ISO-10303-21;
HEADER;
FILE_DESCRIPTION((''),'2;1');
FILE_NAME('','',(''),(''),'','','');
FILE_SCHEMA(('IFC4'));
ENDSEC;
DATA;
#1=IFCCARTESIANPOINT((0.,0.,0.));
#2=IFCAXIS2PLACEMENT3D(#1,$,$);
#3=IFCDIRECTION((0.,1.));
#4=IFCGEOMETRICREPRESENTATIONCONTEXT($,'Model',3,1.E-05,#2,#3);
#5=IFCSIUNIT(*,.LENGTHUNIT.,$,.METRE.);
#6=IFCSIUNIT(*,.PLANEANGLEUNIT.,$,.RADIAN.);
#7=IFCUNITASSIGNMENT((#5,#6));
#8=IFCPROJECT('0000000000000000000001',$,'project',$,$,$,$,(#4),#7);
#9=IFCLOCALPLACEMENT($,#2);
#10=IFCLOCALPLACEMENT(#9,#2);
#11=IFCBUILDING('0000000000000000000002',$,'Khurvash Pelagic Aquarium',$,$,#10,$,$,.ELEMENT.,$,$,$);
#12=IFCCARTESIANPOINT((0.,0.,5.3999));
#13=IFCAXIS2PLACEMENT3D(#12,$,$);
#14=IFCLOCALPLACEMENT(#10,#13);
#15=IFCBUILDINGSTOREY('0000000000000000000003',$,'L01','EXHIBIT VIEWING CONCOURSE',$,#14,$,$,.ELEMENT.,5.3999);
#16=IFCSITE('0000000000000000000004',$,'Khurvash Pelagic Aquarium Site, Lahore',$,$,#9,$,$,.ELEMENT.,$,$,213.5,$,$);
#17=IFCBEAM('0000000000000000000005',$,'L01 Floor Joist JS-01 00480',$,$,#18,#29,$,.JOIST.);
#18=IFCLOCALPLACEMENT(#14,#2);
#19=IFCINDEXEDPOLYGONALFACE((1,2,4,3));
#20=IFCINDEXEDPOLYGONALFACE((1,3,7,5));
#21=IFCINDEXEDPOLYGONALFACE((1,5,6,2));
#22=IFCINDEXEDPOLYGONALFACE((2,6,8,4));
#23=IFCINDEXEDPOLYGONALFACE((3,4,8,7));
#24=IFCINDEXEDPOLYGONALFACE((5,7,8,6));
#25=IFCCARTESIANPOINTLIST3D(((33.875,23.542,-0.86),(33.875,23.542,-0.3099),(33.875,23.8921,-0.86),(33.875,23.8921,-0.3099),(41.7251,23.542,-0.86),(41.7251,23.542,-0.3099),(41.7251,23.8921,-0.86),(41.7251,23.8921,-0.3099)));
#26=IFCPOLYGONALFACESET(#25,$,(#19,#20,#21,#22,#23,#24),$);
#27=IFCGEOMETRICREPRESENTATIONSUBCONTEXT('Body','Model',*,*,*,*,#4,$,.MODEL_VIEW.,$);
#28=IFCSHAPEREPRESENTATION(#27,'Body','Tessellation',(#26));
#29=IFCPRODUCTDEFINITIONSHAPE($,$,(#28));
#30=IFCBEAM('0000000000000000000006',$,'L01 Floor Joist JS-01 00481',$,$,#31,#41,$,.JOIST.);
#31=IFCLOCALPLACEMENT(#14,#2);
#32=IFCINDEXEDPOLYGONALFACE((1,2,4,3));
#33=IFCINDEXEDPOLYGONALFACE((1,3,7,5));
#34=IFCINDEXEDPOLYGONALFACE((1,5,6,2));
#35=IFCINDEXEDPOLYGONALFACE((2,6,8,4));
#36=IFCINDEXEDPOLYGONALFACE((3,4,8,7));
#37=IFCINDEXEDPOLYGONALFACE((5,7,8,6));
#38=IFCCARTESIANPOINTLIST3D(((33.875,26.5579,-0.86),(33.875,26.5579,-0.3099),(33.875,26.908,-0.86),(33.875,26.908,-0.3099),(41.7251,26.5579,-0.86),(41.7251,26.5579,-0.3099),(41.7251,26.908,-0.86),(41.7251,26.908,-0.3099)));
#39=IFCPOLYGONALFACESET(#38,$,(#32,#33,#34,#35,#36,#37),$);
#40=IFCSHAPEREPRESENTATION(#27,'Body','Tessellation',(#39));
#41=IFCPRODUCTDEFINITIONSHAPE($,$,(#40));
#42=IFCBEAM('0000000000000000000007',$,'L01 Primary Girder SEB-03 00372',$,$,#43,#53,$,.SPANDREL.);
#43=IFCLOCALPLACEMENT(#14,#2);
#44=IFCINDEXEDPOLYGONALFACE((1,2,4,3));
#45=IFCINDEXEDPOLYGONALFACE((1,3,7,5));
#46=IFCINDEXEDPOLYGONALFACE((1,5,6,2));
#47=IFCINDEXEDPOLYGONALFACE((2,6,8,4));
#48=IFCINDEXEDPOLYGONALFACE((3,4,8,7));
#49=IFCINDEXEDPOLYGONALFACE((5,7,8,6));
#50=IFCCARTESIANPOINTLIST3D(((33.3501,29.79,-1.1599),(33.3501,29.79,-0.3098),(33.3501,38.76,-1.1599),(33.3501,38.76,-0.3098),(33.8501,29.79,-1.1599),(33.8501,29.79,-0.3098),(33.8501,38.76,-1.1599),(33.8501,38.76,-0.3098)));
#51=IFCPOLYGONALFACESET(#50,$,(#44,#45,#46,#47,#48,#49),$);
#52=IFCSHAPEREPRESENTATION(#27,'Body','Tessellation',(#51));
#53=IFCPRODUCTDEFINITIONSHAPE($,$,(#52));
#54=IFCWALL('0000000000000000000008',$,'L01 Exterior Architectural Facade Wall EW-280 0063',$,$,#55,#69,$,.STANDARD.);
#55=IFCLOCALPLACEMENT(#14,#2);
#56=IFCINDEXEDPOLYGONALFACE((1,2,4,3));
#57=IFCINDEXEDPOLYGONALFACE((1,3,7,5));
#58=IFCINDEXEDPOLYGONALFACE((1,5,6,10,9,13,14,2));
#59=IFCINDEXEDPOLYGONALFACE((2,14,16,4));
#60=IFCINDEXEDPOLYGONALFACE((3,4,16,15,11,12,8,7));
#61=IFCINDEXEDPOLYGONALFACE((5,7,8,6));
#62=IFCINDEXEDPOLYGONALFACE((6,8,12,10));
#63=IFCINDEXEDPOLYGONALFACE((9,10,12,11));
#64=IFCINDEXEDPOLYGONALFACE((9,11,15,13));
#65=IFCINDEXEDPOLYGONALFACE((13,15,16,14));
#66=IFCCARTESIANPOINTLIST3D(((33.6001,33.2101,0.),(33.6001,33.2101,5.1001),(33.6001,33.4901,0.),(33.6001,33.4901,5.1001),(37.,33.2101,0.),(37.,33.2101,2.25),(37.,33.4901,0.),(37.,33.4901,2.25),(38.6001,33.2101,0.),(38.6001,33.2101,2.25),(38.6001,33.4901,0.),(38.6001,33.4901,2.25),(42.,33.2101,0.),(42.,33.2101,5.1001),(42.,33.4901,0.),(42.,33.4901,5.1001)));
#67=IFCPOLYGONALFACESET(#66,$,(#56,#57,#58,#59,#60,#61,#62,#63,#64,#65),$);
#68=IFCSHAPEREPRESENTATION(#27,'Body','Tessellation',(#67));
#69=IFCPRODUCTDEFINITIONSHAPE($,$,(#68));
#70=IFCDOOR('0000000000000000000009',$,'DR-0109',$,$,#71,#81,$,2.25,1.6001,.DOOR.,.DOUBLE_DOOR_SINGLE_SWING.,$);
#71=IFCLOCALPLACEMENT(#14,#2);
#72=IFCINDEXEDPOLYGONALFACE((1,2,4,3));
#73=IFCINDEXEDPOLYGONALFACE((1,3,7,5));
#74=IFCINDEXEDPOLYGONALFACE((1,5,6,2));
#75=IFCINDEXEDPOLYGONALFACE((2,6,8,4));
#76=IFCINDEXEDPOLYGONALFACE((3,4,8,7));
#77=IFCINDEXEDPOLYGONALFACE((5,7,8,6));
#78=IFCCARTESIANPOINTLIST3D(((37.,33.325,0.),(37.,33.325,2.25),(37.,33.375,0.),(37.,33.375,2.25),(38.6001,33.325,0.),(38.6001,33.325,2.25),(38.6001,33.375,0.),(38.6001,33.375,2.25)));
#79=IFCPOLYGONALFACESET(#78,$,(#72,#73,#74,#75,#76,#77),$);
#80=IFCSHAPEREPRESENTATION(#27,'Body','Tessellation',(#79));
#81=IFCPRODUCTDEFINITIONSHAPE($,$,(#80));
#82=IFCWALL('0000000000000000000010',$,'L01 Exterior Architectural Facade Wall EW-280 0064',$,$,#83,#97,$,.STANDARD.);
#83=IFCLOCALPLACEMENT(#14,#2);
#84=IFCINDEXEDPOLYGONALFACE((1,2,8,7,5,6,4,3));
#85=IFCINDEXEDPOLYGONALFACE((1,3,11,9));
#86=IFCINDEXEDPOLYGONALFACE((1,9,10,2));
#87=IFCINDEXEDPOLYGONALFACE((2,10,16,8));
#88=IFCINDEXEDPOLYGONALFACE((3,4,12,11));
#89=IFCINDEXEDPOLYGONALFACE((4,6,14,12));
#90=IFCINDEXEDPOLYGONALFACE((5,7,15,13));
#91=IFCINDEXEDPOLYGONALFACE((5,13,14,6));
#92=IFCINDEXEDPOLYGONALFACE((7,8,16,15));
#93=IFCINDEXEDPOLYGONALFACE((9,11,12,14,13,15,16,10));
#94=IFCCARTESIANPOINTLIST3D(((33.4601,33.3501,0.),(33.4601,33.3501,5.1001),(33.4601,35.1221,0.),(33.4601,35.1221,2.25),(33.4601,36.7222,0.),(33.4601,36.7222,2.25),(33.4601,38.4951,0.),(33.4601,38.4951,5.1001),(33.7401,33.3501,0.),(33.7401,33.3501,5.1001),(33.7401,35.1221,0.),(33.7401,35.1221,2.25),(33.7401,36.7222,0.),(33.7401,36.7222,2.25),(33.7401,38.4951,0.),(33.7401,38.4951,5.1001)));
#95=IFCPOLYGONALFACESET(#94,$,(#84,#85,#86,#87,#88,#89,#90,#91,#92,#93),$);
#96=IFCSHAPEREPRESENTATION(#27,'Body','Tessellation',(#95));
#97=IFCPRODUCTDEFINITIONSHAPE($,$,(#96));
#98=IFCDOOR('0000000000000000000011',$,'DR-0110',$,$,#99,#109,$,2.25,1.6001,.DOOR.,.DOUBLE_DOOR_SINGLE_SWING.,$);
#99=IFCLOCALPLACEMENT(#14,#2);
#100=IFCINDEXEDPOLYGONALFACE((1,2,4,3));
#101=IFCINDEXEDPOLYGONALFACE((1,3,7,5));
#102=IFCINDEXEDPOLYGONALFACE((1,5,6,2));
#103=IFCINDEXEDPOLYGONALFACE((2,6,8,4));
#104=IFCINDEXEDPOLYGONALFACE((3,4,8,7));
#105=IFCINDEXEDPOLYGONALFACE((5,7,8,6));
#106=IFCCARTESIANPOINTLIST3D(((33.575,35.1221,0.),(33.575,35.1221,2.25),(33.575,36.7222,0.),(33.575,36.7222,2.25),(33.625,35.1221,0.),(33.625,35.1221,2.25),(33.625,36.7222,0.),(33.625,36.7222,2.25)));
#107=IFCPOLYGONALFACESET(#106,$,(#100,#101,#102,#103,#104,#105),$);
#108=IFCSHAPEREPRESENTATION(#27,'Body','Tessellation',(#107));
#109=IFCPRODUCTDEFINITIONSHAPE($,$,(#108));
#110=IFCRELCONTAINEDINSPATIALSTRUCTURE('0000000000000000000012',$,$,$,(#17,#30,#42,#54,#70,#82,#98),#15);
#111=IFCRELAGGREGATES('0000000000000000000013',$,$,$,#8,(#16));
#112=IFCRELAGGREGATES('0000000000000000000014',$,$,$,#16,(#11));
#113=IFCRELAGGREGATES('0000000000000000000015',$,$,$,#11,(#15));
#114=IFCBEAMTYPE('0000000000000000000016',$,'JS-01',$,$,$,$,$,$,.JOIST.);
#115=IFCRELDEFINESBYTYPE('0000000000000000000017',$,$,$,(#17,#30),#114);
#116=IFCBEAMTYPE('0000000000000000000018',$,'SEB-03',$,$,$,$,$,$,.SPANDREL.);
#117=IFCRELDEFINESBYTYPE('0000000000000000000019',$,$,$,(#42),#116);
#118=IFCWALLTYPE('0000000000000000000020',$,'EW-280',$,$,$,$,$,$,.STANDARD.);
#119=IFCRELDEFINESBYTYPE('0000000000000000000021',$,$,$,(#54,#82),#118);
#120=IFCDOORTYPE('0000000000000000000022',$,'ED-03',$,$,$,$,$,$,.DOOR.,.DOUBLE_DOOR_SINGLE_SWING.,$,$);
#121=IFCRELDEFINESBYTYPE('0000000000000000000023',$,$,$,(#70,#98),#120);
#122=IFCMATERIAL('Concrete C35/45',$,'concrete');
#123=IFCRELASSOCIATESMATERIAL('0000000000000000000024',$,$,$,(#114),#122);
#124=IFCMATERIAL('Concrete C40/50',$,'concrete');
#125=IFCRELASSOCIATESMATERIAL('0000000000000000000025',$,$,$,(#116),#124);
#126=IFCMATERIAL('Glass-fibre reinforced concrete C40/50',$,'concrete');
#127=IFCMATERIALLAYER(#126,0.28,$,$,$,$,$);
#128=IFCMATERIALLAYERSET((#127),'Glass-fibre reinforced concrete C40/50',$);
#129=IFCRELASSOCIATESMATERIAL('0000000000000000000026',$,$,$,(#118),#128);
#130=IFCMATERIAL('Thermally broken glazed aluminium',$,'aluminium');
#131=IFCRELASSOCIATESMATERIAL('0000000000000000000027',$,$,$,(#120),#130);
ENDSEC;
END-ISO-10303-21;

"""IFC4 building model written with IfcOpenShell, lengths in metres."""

from ifc_helpers import new_model, si_unit, direction, frame, frame_2d, origin, origin_2d, place, context, subcontext, project, spatial, rectangle, extrude, material, layer, layer_set, material_profile, profile_set, type_object, element, fill, save


model = new_model("IFC4")

# Units and contexts
model_context = context("Model", 3, precision=1e-05, world=origin(), true_north=direction((0.0, 1.0)))
body_context = subcontext(model_context, "Body", "Model", "MODEL_VIEW")
ifc_project = project(units=[si_unit("LENGTHUNIT", "METRE"), si_unit("PLANEANGLEUNIT", "RADIAN")], contexts=[model_context])

# Site, building, storey
site_placement = place(None, origin())
site = spatial("IfcSite", under=ifc_project, at=site_placement, Name="Khurvash Pelagic Aquarium Site, Lahore", CompositionType="ELEMENT", RefElevation=213.5)
building_placement = place(site_placement, origin())
building = spatial("IfcBuilding", under=site, at=building_placement, Name="Khurvash Pelagic Aquarium", CompositionType="ELEMENT")
storey_placement = place(building_placement, frame((0.0, 0.0, 5.3999)))
storey = spatial("IfcBuildingStorey", under=building, at=storey_placement, Name="L01", Description="EXHIBIT VIEWING CONCOURSE", CompositionType="ELEMENT", Elevation=5.3999)

# Shared definitions
ifc_material_1 = material(Name="Concrete C40/50", Category="concrete")

# Shared definitions
ifc_material_2 = material(Name="Concrete C35/45", Category="concrete")

# Beams
ifc_material_profile_1 = material_profile(ifc_material_2, rectangle(XDim=0.3501, YDim=0.55, at=origin_2d()), Name="RC350X550")
ifc_profile_set_1 = profile_set([ifc_material_profile_1], Name="Concrete C35/45")
beam_type_1 = type_object("IfcBeamType", Name="JS-01", PredefinedType="JOIST", material=ifc_profile_set_1)
for number, where, z_axis, x_axis, name in (
    (1, (33.875, 23.717, -0.585), (1.0, 0.0, 0.0), (0.0, 1.0, 0.0), "L01 Floor Joist JS-01 00480"),
    (2, (33.875, 26.7329, -0.585), (1.0, 0.0, 0.0), (0.0, 1.0, 0.0), "L01 Floor Joist JS-01 00481"),
):
    element("IfcBeam", number, at=place(storey_placement, frame(where, z_axis=z_axis, x_axis=x_axis)), inside=storey, type_object=beam_type_1, Name=name, PredefinedType="JOIST", context=body_context, shape_type="SweptSolid", body=[
        extrude(rectangle(XDim=0.3501, YDim=0.55, at=origin_2d()), origin(), (0.0, 0.0, 1.0), 7.8501),
    ])
ifc_material_profile_2 = material_profile(ifc_material_1, rectangle(XDim=0.5, YDim=0.8501, at=origin_2d()), Name="RC500X850")
ifc_profile_set_2 = profile_set([ifc_material_profile_2], Name="Concrete C40/50")
beam_type_2 = type_object("IfcBeamType", Name="SEB-03", PredefinedType="SPANDREL", material=ifc_profile_set_2)
beam_1_placement = place(storey_placement, frame((33.6001, 29.79, -0.7349), z_axis=(0.0, 1.0, 0.0), x_axis=(-1.0, 0.0, 0.0)))
element("IfcBeam", 3, at=beam_1_placement, inside=storey, type_object=beam_type_2, Name="L01 Primary Girder SEB-03 00372", PredefinedType="SPANDREL", context=body_context, shape_type="SweptSolid", body=[
    extrude(rectangle(XDim=0.5, YDim=0.8501, at=origin_2d()), origin(), (0.0, 0.0, 1.0), 8.97),
])

# Walls, openings, doors
ifc_material_3 = material(Name="Glass-fibre reinforced concrete C40/50", Category="concrete")
ifc_layer = layer(ifc_material_3, 0.28)
ifc_layer_set = layer_set([ifc_layer], Name="Glass-fibre reinforced concrete C40/50")
wall_type = type_object("IfcWallType", Name="EW-280", PredefinedType="STANDARD", material=ifc_layer_set)
wall_1_placement = place(storey_placement, frame((42.0, 33.3501, 0.0), z_axis=(0.0, 0.0, 1.0), x_axis=(-1.0, 0.0, 0.0)))
wall_1 = element("IfcWall", 4, at=wall_1_placement, inside=storey, type_object=wall_type, Name="L01 Exterior Architectural Facade Wall EW-280 0063", PredefinedType="STANDARD", context=body_context, shape_type="SweptSolid", body=[
    extrude(rectangle(XDim=8.3999, YDim=0.28, at=frame_2d((4.2, 0.0))), origin(), (0.0, 0.0, 1.0), 5.1001),
])
opening_1_placement = place(wall_1_placement, frame((3.3999, 0.0, 0.0)))
opening_1 = element("IfcOpeningElement", 5, at=opening_1_placement, cuts=wall_1, PredefinedType="OPENING", context=body_context, shape_type="SweptSolid", body=[
    extrude(rectangle(XDim=1.6001, YDim=2.25, at=frame_2d((0.8, 1.125))), frame((0.0, 0.1499, 0.0), z_axis=(0.0, -1.0, 0.0), x_axis=(1.0, 0.0, 0.0)), (0.0, 0.0, 1.0), 0.3),
])
ifc_material_4 = material(Name="Thermally broken glazed aluminium", Category="aluminium")
door_type = type_object("IfcDoorType", Name="ED-03", OperationType="DOUBLE_DOOR_SINGLE_SWING", PredefinedType="DOOR", material=ifc_material_4)
door_1_placement = place(opening_1_placement, frame((1.6001, 0.0, 0.0), z_axis=(0.0, 0.0, 1.0), x_axis=(-1.0, 0.0, 0.0)))
door_1 = element("IfcDoor", 6, at=door_1_placement, inside=storey, type_object=door_type, Name="DR-0109", OperationType="DOUBLE_DOOR_SINGLE_SWING", OverallHeight=2.25, OverallWidth=1.6001, PredefinedType="DOOR", context=body_context, shape_type="SweptSolid", body=[
    extrude(rectangle(XDim=1.6001, YDim=2.25, at=frame_2d((0.8, 1.125))), frame((0.0, 0.0249, 0.0), z_axis=(0.0, -1.0, 0.0), x_axis=(1.0, 0.0, 0.0)), (0.0, 0.0, 1.0), 0.05),
])
fill(opening_1, door_1)
wall_2_placement = place(storey_placement, frame((33.6001, 33.3501, 0.0), z_axis=(0.0, 0.0, 1.0), x_axis=(0.0, 1.0, 0.0)))
wall_2 = element("IfcWall", 7, at=wall_2_placement, inside=storey, type_object=wall_type, Name="L01 Exterior Architectural Facade Wall EW-280 0064", PredefinedType="STANDARD", context=body_context, shape_type="SweptSolid", body=[
    extrude(rectangle(XDim=5.145, YDim=0.28, at=frame_2d((2.5725, 0.0))), origin(), (0.0, 0.0, 1.0), 5.1001),
])
opening_2_placement = place(wall_2_placement, frame((1.772, 0.0, 0.0)))
opening_2 = element("IfcOpeningElement", 8, at=opening_2_placement, cuts=wall_2, PredefinedType="OPENING", context=body_context, shape_type="SweptSolid", body=[
    extrude(rectangle(XDim=1.6001, YDim=2.25, at=frame_2d((0.8, 1.125))), frame((0.0, 0.1499, 0.0), z_axis=(0.0, -1.0, 0.0), x_axis=(1.0, 0.0, 0.0)), (0.0, 0.0, 1.0), 0.3),
])
door_2_placement = place(opening_2_placement, frame((1.6001, 0.0, 0.0), z_axis=(0.0, 0.0, 1.0), x_axis=(-1.0, 0.0, 0.0)))
door_2 = element("IfcDoor", 9, at=door_2_placement, inside=storey, type_object=door_type, Name="DR-0110", OperationType="DOUBLE_DOOR_SINGLE_SWING", OverallHeight=2.25, OverallWidth=1.6001, PredefinedType="DOOR", context=body_context, shape_type="SweptSolid", body=[
    extrude(rectangle(XDim=1.6001, YDim=2.25, at=frame_2d((0.8, 1.125))), frame((0.0, 0.0249, 0.0), z_axis=(0.0, -1.0, 0.0), x_axis=(1.0, 0.0, 0.0)), (0.0, 0.0, 1.0), 0.05),
])
fill(opening_2, door_2)

save(model, "model.ifc")
